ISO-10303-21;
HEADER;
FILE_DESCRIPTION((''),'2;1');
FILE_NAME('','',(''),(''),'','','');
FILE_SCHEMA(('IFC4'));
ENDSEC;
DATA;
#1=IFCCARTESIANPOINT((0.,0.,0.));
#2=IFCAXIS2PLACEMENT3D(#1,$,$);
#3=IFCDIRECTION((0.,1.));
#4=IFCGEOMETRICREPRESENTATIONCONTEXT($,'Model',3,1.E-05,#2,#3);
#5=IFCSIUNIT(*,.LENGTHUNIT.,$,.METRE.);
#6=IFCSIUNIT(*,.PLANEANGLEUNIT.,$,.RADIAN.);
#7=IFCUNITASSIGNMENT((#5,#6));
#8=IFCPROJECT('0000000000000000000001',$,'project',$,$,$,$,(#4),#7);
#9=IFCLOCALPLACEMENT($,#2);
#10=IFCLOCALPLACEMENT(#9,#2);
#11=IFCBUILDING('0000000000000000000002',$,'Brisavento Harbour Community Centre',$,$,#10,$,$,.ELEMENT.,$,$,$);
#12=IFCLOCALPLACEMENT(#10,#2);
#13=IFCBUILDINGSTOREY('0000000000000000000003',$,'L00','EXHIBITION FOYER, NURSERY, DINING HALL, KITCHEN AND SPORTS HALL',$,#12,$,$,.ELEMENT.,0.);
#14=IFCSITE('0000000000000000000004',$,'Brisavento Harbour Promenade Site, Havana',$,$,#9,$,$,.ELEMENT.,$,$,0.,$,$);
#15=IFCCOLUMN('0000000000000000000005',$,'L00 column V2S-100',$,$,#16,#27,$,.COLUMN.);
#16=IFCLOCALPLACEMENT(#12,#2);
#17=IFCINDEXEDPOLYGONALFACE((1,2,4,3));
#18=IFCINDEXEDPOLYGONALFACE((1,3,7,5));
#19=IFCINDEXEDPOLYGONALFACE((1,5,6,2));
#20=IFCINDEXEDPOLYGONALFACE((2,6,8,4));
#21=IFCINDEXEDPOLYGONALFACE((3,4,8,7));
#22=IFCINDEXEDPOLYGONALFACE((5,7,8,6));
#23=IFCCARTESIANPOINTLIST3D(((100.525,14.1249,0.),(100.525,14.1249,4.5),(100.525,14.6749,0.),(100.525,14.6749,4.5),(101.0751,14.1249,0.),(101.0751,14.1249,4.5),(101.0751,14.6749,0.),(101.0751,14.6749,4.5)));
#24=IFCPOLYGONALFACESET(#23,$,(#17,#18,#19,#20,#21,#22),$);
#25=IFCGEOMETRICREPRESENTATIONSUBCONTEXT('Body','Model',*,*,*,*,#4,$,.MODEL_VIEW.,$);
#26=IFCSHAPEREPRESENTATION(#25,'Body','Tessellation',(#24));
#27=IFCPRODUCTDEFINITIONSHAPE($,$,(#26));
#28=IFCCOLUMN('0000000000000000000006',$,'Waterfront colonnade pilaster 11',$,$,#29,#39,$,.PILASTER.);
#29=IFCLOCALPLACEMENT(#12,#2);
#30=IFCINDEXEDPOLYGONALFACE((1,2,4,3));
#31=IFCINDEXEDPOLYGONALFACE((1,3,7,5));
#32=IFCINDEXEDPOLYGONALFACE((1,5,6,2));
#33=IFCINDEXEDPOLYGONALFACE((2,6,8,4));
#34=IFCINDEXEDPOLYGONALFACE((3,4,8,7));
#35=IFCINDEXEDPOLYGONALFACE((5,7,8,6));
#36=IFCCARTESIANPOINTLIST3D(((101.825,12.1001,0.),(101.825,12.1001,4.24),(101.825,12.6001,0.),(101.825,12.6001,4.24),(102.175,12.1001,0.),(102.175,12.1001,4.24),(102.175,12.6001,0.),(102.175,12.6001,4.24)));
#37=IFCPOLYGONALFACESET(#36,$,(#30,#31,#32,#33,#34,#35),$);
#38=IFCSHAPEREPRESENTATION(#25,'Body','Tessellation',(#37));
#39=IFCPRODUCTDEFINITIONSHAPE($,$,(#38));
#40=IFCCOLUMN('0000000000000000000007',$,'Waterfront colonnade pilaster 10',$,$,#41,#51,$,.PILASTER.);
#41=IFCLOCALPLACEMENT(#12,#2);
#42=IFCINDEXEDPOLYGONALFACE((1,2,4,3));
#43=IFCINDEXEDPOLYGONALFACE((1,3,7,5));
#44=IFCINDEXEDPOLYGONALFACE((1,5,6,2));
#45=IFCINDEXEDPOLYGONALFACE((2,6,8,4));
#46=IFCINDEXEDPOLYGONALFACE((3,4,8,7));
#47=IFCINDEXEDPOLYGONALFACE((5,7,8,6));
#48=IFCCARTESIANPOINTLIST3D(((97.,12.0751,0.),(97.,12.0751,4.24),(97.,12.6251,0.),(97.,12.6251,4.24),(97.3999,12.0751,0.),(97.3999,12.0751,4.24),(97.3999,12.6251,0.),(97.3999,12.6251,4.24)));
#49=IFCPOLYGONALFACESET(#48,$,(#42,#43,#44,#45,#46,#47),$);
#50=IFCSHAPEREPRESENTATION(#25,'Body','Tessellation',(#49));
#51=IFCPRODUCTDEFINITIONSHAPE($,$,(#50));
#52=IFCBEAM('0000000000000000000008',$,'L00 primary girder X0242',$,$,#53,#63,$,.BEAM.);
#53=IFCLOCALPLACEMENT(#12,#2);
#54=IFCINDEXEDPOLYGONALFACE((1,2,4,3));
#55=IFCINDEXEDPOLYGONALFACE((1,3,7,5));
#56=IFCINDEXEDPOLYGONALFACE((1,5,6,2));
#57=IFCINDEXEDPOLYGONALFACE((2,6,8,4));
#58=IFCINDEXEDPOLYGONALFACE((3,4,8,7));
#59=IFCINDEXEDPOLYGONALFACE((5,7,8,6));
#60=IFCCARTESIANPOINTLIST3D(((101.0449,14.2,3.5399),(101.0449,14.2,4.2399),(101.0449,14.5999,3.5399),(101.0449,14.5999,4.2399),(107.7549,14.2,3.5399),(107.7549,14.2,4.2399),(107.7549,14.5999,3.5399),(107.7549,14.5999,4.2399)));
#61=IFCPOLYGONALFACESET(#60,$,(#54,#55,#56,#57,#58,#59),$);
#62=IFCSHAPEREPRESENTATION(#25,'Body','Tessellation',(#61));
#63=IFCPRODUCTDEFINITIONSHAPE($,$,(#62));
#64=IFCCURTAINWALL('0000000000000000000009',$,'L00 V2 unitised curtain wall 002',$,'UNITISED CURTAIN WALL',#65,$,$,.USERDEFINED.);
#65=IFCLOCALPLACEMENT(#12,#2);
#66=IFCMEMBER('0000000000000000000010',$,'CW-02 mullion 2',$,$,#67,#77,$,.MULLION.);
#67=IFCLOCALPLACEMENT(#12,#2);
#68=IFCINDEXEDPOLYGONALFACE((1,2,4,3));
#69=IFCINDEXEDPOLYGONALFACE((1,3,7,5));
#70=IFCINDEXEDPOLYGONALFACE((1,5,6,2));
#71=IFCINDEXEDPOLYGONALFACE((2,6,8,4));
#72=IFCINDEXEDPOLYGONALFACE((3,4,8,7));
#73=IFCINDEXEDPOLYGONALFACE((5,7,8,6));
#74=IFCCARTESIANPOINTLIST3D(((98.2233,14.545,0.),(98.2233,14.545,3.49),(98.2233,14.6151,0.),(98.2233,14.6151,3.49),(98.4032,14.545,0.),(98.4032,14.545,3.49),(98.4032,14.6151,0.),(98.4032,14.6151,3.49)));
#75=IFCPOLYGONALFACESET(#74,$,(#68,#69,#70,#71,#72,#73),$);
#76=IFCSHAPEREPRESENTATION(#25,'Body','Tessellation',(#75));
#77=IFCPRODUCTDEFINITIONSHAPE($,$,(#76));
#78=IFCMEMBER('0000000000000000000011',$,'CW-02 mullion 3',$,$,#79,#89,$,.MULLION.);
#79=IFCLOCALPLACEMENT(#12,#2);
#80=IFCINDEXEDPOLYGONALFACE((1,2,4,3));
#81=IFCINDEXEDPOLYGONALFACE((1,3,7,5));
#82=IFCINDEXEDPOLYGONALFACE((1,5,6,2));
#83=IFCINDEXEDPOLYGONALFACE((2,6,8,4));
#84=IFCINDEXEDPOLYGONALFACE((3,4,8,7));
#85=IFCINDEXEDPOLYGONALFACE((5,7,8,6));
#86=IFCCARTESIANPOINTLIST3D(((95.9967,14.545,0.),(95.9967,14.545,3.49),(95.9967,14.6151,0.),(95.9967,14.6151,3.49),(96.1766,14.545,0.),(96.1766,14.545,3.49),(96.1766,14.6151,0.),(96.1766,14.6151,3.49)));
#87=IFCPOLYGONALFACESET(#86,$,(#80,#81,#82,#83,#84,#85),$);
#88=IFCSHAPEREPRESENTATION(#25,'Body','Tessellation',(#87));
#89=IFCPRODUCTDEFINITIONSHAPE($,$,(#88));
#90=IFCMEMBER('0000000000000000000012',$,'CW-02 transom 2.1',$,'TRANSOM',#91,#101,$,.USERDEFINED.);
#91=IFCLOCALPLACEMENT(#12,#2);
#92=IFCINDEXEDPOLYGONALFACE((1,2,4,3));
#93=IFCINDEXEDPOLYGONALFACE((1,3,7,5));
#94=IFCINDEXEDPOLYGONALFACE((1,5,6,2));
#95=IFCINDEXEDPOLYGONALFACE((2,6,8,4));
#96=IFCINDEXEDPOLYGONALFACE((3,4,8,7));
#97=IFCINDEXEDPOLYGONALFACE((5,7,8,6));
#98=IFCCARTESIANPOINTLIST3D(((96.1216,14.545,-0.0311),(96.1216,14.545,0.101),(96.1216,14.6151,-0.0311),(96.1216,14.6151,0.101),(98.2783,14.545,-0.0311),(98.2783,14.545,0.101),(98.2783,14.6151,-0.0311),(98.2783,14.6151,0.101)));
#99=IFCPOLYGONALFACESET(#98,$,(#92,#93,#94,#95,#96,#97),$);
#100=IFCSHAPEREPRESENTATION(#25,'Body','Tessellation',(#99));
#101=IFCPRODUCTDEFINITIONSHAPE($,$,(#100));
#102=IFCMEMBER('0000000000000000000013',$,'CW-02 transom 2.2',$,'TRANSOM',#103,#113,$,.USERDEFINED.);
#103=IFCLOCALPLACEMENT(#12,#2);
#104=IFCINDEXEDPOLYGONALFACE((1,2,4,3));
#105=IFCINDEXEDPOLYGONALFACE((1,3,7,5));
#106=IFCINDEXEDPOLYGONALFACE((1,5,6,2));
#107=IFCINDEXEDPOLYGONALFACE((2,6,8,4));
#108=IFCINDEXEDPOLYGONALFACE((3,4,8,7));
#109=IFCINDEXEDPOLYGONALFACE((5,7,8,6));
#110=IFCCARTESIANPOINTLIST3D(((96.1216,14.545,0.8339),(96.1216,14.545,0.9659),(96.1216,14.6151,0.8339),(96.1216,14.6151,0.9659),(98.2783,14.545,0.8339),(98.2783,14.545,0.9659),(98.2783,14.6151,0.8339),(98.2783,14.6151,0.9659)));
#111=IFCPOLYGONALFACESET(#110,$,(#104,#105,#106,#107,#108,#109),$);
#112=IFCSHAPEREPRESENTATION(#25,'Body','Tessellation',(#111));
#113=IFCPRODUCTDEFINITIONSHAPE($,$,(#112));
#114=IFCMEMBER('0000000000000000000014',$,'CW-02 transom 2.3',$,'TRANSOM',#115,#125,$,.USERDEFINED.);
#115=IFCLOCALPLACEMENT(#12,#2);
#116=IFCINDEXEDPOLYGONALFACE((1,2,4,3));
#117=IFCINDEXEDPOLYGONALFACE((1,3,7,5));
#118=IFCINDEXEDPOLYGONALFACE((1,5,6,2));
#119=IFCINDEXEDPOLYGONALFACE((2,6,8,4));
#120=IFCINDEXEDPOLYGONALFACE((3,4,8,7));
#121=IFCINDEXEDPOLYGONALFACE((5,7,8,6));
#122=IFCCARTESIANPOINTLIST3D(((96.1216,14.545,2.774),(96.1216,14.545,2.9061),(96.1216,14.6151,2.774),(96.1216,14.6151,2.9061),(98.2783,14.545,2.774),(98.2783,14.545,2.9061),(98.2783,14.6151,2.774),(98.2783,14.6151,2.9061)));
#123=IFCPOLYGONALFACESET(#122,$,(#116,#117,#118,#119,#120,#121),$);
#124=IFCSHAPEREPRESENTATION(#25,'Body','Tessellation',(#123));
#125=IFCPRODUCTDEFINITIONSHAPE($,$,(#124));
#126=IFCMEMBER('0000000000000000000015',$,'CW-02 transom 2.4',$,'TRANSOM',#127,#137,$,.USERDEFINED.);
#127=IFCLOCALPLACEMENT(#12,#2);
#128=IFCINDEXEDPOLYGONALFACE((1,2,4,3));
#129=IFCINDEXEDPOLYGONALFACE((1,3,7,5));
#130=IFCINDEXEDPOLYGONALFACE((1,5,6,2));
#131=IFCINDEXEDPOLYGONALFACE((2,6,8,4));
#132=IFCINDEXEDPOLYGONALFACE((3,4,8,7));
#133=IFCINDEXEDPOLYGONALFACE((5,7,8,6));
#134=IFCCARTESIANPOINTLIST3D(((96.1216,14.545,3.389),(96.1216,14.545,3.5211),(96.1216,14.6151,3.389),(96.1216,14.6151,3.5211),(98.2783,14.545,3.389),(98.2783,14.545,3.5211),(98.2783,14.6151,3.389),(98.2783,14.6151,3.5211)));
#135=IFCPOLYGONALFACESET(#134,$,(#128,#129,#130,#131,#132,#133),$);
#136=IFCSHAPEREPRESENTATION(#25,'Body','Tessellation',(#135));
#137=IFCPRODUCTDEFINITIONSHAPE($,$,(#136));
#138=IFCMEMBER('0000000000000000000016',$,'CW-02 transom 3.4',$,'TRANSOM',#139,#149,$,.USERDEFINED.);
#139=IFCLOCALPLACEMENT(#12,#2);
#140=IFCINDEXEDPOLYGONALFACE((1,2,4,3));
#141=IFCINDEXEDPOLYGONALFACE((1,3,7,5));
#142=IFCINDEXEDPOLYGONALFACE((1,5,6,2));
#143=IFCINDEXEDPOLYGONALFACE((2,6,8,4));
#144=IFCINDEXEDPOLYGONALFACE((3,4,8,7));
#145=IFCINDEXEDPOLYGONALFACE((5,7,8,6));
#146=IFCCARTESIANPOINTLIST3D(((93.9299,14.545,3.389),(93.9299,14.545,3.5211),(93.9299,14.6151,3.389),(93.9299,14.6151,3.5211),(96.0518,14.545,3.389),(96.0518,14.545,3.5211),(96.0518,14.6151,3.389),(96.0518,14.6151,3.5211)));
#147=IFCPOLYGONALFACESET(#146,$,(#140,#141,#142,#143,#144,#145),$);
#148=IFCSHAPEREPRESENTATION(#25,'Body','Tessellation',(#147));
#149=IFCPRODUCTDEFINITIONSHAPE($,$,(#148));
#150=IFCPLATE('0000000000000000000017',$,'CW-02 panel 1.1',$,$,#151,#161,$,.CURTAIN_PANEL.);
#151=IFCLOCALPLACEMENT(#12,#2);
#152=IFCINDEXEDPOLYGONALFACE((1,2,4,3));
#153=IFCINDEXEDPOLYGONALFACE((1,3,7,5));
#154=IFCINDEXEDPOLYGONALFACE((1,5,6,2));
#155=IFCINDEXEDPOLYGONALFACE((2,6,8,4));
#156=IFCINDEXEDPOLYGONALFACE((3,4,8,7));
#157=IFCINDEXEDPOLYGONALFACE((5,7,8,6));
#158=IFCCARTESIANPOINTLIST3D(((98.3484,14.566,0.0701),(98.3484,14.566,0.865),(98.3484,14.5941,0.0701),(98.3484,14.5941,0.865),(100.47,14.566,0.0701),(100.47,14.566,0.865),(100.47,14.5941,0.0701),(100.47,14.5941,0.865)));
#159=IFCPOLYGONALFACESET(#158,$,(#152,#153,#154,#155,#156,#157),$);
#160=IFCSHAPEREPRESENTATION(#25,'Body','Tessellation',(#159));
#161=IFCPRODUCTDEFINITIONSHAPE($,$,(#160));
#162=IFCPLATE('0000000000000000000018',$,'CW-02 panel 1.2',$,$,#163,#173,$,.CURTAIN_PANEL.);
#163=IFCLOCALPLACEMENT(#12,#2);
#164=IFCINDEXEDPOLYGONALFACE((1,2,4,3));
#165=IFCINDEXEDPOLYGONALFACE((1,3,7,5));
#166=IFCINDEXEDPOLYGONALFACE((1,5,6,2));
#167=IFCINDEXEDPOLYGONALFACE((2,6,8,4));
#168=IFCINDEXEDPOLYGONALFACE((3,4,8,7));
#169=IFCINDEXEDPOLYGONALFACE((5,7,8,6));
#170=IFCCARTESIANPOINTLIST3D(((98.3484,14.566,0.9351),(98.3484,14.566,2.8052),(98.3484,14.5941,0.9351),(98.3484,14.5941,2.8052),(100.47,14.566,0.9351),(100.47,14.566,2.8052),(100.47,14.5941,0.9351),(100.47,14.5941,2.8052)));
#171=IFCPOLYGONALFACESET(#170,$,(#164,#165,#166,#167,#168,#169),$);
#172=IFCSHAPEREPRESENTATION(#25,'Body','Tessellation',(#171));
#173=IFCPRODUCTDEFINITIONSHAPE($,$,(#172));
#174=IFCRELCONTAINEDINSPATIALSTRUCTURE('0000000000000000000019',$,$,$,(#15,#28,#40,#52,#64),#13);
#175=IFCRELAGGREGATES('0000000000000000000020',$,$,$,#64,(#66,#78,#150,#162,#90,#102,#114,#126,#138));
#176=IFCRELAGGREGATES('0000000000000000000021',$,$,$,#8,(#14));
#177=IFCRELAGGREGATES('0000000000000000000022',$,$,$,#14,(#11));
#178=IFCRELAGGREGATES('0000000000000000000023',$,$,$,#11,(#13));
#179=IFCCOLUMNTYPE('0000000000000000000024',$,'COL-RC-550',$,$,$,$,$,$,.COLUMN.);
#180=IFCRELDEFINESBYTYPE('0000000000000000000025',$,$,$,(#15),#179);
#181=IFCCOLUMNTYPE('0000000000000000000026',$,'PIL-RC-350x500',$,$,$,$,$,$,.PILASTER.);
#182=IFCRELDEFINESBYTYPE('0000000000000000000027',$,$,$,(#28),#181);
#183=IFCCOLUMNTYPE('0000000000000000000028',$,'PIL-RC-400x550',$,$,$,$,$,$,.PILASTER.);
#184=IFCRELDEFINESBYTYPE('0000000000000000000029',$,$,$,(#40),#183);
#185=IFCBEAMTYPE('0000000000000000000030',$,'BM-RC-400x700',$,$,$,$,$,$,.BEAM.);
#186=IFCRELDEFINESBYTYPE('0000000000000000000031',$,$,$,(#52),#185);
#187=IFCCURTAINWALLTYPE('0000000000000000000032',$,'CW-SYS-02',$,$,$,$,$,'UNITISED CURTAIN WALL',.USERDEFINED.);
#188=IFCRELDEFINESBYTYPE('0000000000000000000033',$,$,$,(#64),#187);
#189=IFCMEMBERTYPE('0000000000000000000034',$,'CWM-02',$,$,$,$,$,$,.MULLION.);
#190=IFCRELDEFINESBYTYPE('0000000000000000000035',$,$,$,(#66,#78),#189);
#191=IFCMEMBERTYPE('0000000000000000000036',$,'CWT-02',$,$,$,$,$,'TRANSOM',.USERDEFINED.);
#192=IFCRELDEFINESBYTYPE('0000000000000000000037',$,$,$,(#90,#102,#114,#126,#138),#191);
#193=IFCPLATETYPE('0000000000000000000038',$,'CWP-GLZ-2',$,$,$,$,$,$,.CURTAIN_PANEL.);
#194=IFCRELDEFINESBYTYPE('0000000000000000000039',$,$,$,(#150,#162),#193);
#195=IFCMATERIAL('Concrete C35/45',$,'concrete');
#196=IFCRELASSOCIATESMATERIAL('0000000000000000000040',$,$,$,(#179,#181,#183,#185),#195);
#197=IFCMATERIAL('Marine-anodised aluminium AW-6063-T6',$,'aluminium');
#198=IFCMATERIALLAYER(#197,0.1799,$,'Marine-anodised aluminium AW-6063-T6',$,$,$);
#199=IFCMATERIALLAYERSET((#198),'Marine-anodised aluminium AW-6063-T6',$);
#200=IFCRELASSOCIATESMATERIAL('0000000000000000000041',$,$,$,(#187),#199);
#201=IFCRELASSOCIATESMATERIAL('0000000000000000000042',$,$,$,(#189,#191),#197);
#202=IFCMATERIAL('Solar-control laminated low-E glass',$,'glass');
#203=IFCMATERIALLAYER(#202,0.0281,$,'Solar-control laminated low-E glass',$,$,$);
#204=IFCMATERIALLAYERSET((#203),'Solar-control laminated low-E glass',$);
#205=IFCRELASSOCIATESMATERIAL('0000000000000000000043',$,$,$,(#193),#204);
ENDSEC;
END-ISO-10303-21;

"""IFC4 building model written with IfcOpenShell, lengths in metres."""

from ifc_helpers import new_model, si_unit, direction, frame, origin, origin_2d, place, context, subcontext, project, spatial, rectangle, extrude, material, layer, layer_set, material_profile, profile_set, type_object, element, aggregate, save


model = new_model("IFC4")

# Units and contexts
model_context = context("Model", 3, precision=1e-05, world=origin(), true_north=direction((0.0, 1.0)))
body_context = subcontext(model_context, "Body", "Model", "MODEL_VIEW")
ifc_project = project(units=[si_unit("LENGTHUNIT", "METRE"), si_unit("PLANEANGLEUNIT", "RADIAN")], contexts=[model_context])

# Site, building, storey
site_placement = place(None, origin())
site = spatial("IfcSite", under=ifc_project, at=site_placement, Name="Brisavento Harbour Promenade Site, Havana", CompositionType="ELEMENT", RefElevation=0.0)
building_placement = place(site_placement, origin())
building = spatial("IfcBuilding", under=site, at=building_placement, Name="Brisavento Harbour Community Centre", CompositionType="ELEMENT")
storey_placement = place(building_placement, origin())
storey = spatial("IfcBuildingStorey", under=building, at=storey_placement, Name="L00", Description="EXHIBITION FOYER, NURSERY, DINING HALL, KITCHEN AND SPORTS HALL", CompositionType="ELEMENT", Elevation=0.0)

# Columns
ifc_material_1 = material(Name="Concrete C35/45", Category="concrete")
ifc_material_profile_1 = material_profile(ifc_material_1, rectangle(XDim=0.55, YDim=0.55, at=origin_2d()), Name="Concrete C35/45")
ifc_profile_set_1 = profile_set([ifc_material_profile_1], Name="Concrete C35/45")
column_type_1 = type_object("IfcColumnType", Name="COL-RC-550", PredefinedType="COLUMN", material=ifc_profile_set_1)
column_1_placement = place(storey_placement, frame((100.8, 14.3999, 0.0), z_axis=(0.0, 0.0, 1.0), x_axis=(1.0, 0.0, 0.0)))
element("IfcColumn", 1, at=column_1_placement, inside=storey, type_object=column_type_1, Name="L00 column V2S-100", PredefinedType="COLUMN", context=body_context, shape_type="SweptSolid", body=[
    extrude(rectangle(XDim=0.55, YDim=0.55, at=origin_2d()), origin(), (0.0, 0.0, 1.0), 4.5),
])
ifc_material_profile_2 = material_profile(ifc_material_1, rectangle(XDim=0.3501, YDim=0.5, at=origin_2d()), Name="Concrete C35/45")
ifc_profile_set_2 = profile_set([ifc_material_profile_2], Name="Concrete C35/45")
column_type_2 = type_object("IfcColumnType", Name="PIL-RC-350x500", PredefinedType="PILASTER", material=ifc_profile_set_2)
column_2_placement = place(storey_placement, frame((102.0, 12.3501, 0.0), z_axis=(0.0, 0.0, 1.0), x_axis=(1.0, 0.0, 0.0)))
element("IfcColumn", 2, at=column_2_placement, inside=storey, type_object=column_type_2, Name="Waterfront colonnade pilaster 11", PredefinedType="PILASTER", context=body_context, shape_type="SweptSolid", body=[
    extrude(rectangle(XDim=0.3501, YDim=0.5, at=origin_2d()), origin(), (0.0, 0.0, 1.0), 4.24),
])
ifc_material_profile_3 = material_profile(ifc_material_1, rectangle(XDim=0.3999, YDim=0.55, at=origin_2d()), Name="Concrete C35/45")
ifc_profile_set_3 = profile_set([ifc_material_profile_3], Name="Concrete C35/45")
column_type_3 = type_object("IfcColumnType", Name="PIL-RC-400x550", PredefinedType="PILASTER", material=ifc_profile_set_3)
column_3_placement = place(storey_placement, frame((97.2, 12.3501, 0.0), z_axis=(0.0, 0.0, 1.0), x_axis=(1.0, 0.0, 0.0)))
element("IfcColumn", 3, at=column_3_placement, inside=storey, type_object=column_type_3, Name="Waterfront colonnade pilaster 10", PredefinedType="PILASTER", context=body_context, shape_type="SweptSolid", body=[
    extrude(rectangle(XDim=0.3999, YDim=0.55, at=origin_2d()), origin(), (0.0, 0.0, 1.0), 4.24),
])

# Beam
ifc_material_profile_4 = material_profile(ifc_material_1, rectangle(XDim=0.3999, YDim=0.7, at=origin_2d()), Name="Concrete C35/45")
ifc_profile_set_4 = profile_set([ifc_material_profile_4], Name="Concrete C35/45")
beam_type = type_object("IfcBeamType", Name="BM-RC-400x700", PredefinedType="BEAM", material=ifc_profile_set_4)
beam_placement = place(storey_placement, frame((101.0449, 14.3999, 3.8899), z_axis=(1.0, 0.0, 0.0), x_axis=(0.0, 1.0, 0.0)))
element("IfcBeam", 4, at=beam_placement, inside=storey, type_object=beam_type, Name="L00 primary girder X0242", PredefinedType="BEAM", context=body_context, shape_type="SweptSolid", body=[
    extrude(rectangle(XDim=0.3999, YDim=0.7, at=origin_2d()), origin(), (0.0, 0.0, 1.0), 6.71),
])

# Curtain wall, members, plates
ifc_material_2 = material(Name="Marine-anodised aluminium AW-6063-T6", Category="aluminium")
ifc_layer_1 = layer(ifc_material_2, 0.1799, Name="Marine-anodised aluminium AW-6063-T6")
ifc_layer_set_1 = layer_set([ifc_layer_1], Name="Marine-anodised aluminium AW-6063-T6")
curtain_wall_type = type_object("IfcCurtainWallType", Name="CW-SYS-02", ElementType="UNITISED CURTAIN WALL", PredefinedType="USERDEFINED", material=ifc_layer_set_1)
curtain_wall_placement = place(storey_placement, origin())
curtain_wall = element("IfcCurtainWall", 5, at=curtain_wall_placement, inside=storey, type_object=curtain_wall_type, Name="L00 V2 unitised curtain wall 002", ObjectType="UNITISED CURTAIN WALL", PredefinedType="USERDEFINED")
ifc_material_profile_5 = material_profile(ifc_material_2, rectangle(XDim=0.0701, YDim=0.1799, at=origin_2d()), Name="Marine-anodised aluminium AW-6063-T6")
ifc_profile_set_5 = profile_set([ifc_material_profile_5], Name="Marine-anodised aluminium AW-6063-T6")
member_type_1 = type_object("IfcMemberType", Name="CWM-02", PredefinedType="MULLION", material=ifc_profile_set_5)
member_1_placement = place(storey_placement, frame((98.3132, 14.5801, 0.0), z_axis=(0.0, 0.0, 1.0), x_axis=(0.0, -1.0, 0.0)))
member_1 = element("IfcMember", 6, at=member_1_placement, type_object=member_type_1, Name="CW-02 mullion 2", PredefinedType="MULLION", context=body_context, shape_type="SweptSolid", body=[
    extrude(rectangle(XDim=0.0701, YDim=0.1799, at=origin_2d()), origin(), (0.0, 0.0, 1.0), 3.49),
])
member_2_placement = place(storey_placement, frame((96.0867, 14.5801, 0.0), z_axis=(0.0, 0.0, 1.0), x_axis=(0.0, -1.0, 0.0)))
member_2 = element("IfcMember", 7, at=member_2_placement, type_object=member_type_1, Name="CW-02 mullion 3", PredefinedType="MULLION", context=body_context, shape_type="SweptSolid", body=[
    extrude(rectangle(XDim=0.0701, YDim=0.1799, at=origin_2d()), origin(), (0.0, 0.0, 1.0), 3.49),
])
ifc_material_profile_6 = material_profile(ifc_material_2, rectangle(XDim=0.0701, YDim=0.1321, at=origin_2d()), Name="Marine-anodised aluminium AW-6063-T6")
ifc_profile_set_6 = profile_set([ifc_material_profile_6], Name="Marine-anodised aluminium AW-6063-T6")
member_type_2 = type_object("IfcMemberType", Name="CWT-02", ElementType="TRANSOM", PredefinedType="USERDEFINED", material=ifc_profile_set_6)
member_3_placement = place(storey_placement, frame((98.2783, 14.5801, 0.0349), z_axis=(-1.0, 0.0, 0.0), x_axis=(0.0, -1.0, 0.0)))
member_3 = element("IfcMember", 8, at=member_3_placement, type_object=member_type_2, Name="CW-02 transom 2.1", ObjectType="TRANSOM", PredefinedType="USERDEFINED", context=body_context, shape_type="SweptSolid", body=[
    extrude(rectangle(XDim=0.0701, YDim=0.1321, at=origin_2d()), origin(), (0.0, 0.0, 1.0), 2.1567),
])
member_4_placement = place(storey_placement, frame((98.2783, 14.5801, 0.8999), z_axis=(-1.0, 0.0, 0.0), x_axis=(0.0, -1.0, 0.0)))
member_4 = element("IfcMember", 9, at=member_4_placement, type_object=member_type_2, Name="CW-02 transom 2.2", ObjectType="TRANSOM", PredefinedType="USERDEFINED", context=body_context, shape_type="SweptSolid", body=[
    extrude(rectangle(XDim=0.0701, YDim=0.1321, at=origin_2d()), origin(), (0.0, 0.0, 1.0), 2.1567),
])
member_5_placement = place(storey_placement, frame((98.2783, 14.5801, 2.8401), z_axis=(-1.0, 0.0, 0.0), x_axis=(0.0, -1.0, 0.0)))
member_5 = element("IfcMember", 10, at=member_5_placement, type_object=member_type_2, Name="CW-02 transom 2.3", ObjectType="TRANSOM", PredefinedType="USERDEFINED", context=body_context, shape_type="SweptSolid", body=[
    extrude(rectangle(XDim=0.0701, YDim=0.1321, at=origin_2d()), origin(), (0.0, 0.0, 1.0), 2.1567),
])
member_6_placement = place(storey_placement, frame((98.2783, 14.5801, 3.4551), z_axis=(-1.0, 0.0, 0.0), x_axis=(0.0, -1.0, 0.0)))
member_6 = element("IfcMember", 11, at=member_6_placement, type_object=member_type_2, Name="CW-02 transom 2.4", ObjectType="TRANSOM", PredefinedType="USERDEFINED", context=body_context, shape_type="SweptSolid", body=[
    extrude(rectangle(XDim=0.0701, YDim=0.1321, at=origin_2d()), origin(), (0.0, 0.0, 1.0), 2.1567),
])
member_7_placement = place(storey_placement, frame((96.0518, 14.5801, 3.4551), z_axis=(-1.0, 0.0, 0.0), x_axis=(0.0, -1.0, 0.0)))
member_7 = element("IfcMember", 12, at=member_7_placement, type_object=member_type_2, Name="CW-02 transom 3.4", ObjectType="TRANSOM", PredefinedType="USERDEFINED", context=body_context, shape_type="SweptSolid", body=[
    extrude(rectangle(XDim=0.0701, YDim=0.1321, at=origin_2d()), origin(), (0.0, 0.0, 1.0), 2.1218),
])
ifc_material_3 = material(Name="Solar-control laminated low-E glass", Category="glass")
ifc_layer_2 = layer(ifc_material_3, 0.0281, Name="Solar-control laminated low-E glass")
ifc_layer_set_2 = layer_set([ifc_layer_2], Name="Solar-control laminated low-E glass")
plate_type = type_object("IfcPlateType", Name="CWP-GLZ-2", PredefinedType="CURTAIN_PANEL", material=ifc_layer_set_2)
plate_1_placement = place(storey_placement, frame((99.4092, 14.5801, 0.0701), z_axis=(0.0, 0.0, 1.0), x_axis=(-1.0, 0.0, 0.0)))
plate_1 = element("IfcPlate", 13, at=plate_1_placement, type_object=plate_type, Name="CW-02 panel 1.1", PredefinedType="CURTAIN_PANEL", context=body_context, shape_type="SweptSolid", body=[
    extrude(rectangle(XDim=2.1216, YDim=0.0281, at=origin_2d()), origin(), (0.0, 0.0, 1.0), 0.7949),
])
plate_2_placement = place(storey_placement, frame((99.4092, 14.5801, 0.9351), z_axis=(0.0, 0.0, 1.0), x_axis=(-1.0, 0.0, 0.0)))
plate_2 = element("IfcPlate", 14, at=plate_2_placement, type_object=plate_type, Name="CW-02 panel 1.2", PredefinedType="CURTAIN_PANEL", context=body_context, shape_type="SweptSolid", body=[
    extrude(rectangle(XDim=2.1216, YDim=0.0281, at=origin_2d()), origin(), (0.0, 0.0, 1.0), 1.8701),
])
aggregate(curtain_wall, [member_1, member_2, plate_1, plate_2, member_3, member_4, member_5, member_6, member_7])

save(model, "model.ifc")
